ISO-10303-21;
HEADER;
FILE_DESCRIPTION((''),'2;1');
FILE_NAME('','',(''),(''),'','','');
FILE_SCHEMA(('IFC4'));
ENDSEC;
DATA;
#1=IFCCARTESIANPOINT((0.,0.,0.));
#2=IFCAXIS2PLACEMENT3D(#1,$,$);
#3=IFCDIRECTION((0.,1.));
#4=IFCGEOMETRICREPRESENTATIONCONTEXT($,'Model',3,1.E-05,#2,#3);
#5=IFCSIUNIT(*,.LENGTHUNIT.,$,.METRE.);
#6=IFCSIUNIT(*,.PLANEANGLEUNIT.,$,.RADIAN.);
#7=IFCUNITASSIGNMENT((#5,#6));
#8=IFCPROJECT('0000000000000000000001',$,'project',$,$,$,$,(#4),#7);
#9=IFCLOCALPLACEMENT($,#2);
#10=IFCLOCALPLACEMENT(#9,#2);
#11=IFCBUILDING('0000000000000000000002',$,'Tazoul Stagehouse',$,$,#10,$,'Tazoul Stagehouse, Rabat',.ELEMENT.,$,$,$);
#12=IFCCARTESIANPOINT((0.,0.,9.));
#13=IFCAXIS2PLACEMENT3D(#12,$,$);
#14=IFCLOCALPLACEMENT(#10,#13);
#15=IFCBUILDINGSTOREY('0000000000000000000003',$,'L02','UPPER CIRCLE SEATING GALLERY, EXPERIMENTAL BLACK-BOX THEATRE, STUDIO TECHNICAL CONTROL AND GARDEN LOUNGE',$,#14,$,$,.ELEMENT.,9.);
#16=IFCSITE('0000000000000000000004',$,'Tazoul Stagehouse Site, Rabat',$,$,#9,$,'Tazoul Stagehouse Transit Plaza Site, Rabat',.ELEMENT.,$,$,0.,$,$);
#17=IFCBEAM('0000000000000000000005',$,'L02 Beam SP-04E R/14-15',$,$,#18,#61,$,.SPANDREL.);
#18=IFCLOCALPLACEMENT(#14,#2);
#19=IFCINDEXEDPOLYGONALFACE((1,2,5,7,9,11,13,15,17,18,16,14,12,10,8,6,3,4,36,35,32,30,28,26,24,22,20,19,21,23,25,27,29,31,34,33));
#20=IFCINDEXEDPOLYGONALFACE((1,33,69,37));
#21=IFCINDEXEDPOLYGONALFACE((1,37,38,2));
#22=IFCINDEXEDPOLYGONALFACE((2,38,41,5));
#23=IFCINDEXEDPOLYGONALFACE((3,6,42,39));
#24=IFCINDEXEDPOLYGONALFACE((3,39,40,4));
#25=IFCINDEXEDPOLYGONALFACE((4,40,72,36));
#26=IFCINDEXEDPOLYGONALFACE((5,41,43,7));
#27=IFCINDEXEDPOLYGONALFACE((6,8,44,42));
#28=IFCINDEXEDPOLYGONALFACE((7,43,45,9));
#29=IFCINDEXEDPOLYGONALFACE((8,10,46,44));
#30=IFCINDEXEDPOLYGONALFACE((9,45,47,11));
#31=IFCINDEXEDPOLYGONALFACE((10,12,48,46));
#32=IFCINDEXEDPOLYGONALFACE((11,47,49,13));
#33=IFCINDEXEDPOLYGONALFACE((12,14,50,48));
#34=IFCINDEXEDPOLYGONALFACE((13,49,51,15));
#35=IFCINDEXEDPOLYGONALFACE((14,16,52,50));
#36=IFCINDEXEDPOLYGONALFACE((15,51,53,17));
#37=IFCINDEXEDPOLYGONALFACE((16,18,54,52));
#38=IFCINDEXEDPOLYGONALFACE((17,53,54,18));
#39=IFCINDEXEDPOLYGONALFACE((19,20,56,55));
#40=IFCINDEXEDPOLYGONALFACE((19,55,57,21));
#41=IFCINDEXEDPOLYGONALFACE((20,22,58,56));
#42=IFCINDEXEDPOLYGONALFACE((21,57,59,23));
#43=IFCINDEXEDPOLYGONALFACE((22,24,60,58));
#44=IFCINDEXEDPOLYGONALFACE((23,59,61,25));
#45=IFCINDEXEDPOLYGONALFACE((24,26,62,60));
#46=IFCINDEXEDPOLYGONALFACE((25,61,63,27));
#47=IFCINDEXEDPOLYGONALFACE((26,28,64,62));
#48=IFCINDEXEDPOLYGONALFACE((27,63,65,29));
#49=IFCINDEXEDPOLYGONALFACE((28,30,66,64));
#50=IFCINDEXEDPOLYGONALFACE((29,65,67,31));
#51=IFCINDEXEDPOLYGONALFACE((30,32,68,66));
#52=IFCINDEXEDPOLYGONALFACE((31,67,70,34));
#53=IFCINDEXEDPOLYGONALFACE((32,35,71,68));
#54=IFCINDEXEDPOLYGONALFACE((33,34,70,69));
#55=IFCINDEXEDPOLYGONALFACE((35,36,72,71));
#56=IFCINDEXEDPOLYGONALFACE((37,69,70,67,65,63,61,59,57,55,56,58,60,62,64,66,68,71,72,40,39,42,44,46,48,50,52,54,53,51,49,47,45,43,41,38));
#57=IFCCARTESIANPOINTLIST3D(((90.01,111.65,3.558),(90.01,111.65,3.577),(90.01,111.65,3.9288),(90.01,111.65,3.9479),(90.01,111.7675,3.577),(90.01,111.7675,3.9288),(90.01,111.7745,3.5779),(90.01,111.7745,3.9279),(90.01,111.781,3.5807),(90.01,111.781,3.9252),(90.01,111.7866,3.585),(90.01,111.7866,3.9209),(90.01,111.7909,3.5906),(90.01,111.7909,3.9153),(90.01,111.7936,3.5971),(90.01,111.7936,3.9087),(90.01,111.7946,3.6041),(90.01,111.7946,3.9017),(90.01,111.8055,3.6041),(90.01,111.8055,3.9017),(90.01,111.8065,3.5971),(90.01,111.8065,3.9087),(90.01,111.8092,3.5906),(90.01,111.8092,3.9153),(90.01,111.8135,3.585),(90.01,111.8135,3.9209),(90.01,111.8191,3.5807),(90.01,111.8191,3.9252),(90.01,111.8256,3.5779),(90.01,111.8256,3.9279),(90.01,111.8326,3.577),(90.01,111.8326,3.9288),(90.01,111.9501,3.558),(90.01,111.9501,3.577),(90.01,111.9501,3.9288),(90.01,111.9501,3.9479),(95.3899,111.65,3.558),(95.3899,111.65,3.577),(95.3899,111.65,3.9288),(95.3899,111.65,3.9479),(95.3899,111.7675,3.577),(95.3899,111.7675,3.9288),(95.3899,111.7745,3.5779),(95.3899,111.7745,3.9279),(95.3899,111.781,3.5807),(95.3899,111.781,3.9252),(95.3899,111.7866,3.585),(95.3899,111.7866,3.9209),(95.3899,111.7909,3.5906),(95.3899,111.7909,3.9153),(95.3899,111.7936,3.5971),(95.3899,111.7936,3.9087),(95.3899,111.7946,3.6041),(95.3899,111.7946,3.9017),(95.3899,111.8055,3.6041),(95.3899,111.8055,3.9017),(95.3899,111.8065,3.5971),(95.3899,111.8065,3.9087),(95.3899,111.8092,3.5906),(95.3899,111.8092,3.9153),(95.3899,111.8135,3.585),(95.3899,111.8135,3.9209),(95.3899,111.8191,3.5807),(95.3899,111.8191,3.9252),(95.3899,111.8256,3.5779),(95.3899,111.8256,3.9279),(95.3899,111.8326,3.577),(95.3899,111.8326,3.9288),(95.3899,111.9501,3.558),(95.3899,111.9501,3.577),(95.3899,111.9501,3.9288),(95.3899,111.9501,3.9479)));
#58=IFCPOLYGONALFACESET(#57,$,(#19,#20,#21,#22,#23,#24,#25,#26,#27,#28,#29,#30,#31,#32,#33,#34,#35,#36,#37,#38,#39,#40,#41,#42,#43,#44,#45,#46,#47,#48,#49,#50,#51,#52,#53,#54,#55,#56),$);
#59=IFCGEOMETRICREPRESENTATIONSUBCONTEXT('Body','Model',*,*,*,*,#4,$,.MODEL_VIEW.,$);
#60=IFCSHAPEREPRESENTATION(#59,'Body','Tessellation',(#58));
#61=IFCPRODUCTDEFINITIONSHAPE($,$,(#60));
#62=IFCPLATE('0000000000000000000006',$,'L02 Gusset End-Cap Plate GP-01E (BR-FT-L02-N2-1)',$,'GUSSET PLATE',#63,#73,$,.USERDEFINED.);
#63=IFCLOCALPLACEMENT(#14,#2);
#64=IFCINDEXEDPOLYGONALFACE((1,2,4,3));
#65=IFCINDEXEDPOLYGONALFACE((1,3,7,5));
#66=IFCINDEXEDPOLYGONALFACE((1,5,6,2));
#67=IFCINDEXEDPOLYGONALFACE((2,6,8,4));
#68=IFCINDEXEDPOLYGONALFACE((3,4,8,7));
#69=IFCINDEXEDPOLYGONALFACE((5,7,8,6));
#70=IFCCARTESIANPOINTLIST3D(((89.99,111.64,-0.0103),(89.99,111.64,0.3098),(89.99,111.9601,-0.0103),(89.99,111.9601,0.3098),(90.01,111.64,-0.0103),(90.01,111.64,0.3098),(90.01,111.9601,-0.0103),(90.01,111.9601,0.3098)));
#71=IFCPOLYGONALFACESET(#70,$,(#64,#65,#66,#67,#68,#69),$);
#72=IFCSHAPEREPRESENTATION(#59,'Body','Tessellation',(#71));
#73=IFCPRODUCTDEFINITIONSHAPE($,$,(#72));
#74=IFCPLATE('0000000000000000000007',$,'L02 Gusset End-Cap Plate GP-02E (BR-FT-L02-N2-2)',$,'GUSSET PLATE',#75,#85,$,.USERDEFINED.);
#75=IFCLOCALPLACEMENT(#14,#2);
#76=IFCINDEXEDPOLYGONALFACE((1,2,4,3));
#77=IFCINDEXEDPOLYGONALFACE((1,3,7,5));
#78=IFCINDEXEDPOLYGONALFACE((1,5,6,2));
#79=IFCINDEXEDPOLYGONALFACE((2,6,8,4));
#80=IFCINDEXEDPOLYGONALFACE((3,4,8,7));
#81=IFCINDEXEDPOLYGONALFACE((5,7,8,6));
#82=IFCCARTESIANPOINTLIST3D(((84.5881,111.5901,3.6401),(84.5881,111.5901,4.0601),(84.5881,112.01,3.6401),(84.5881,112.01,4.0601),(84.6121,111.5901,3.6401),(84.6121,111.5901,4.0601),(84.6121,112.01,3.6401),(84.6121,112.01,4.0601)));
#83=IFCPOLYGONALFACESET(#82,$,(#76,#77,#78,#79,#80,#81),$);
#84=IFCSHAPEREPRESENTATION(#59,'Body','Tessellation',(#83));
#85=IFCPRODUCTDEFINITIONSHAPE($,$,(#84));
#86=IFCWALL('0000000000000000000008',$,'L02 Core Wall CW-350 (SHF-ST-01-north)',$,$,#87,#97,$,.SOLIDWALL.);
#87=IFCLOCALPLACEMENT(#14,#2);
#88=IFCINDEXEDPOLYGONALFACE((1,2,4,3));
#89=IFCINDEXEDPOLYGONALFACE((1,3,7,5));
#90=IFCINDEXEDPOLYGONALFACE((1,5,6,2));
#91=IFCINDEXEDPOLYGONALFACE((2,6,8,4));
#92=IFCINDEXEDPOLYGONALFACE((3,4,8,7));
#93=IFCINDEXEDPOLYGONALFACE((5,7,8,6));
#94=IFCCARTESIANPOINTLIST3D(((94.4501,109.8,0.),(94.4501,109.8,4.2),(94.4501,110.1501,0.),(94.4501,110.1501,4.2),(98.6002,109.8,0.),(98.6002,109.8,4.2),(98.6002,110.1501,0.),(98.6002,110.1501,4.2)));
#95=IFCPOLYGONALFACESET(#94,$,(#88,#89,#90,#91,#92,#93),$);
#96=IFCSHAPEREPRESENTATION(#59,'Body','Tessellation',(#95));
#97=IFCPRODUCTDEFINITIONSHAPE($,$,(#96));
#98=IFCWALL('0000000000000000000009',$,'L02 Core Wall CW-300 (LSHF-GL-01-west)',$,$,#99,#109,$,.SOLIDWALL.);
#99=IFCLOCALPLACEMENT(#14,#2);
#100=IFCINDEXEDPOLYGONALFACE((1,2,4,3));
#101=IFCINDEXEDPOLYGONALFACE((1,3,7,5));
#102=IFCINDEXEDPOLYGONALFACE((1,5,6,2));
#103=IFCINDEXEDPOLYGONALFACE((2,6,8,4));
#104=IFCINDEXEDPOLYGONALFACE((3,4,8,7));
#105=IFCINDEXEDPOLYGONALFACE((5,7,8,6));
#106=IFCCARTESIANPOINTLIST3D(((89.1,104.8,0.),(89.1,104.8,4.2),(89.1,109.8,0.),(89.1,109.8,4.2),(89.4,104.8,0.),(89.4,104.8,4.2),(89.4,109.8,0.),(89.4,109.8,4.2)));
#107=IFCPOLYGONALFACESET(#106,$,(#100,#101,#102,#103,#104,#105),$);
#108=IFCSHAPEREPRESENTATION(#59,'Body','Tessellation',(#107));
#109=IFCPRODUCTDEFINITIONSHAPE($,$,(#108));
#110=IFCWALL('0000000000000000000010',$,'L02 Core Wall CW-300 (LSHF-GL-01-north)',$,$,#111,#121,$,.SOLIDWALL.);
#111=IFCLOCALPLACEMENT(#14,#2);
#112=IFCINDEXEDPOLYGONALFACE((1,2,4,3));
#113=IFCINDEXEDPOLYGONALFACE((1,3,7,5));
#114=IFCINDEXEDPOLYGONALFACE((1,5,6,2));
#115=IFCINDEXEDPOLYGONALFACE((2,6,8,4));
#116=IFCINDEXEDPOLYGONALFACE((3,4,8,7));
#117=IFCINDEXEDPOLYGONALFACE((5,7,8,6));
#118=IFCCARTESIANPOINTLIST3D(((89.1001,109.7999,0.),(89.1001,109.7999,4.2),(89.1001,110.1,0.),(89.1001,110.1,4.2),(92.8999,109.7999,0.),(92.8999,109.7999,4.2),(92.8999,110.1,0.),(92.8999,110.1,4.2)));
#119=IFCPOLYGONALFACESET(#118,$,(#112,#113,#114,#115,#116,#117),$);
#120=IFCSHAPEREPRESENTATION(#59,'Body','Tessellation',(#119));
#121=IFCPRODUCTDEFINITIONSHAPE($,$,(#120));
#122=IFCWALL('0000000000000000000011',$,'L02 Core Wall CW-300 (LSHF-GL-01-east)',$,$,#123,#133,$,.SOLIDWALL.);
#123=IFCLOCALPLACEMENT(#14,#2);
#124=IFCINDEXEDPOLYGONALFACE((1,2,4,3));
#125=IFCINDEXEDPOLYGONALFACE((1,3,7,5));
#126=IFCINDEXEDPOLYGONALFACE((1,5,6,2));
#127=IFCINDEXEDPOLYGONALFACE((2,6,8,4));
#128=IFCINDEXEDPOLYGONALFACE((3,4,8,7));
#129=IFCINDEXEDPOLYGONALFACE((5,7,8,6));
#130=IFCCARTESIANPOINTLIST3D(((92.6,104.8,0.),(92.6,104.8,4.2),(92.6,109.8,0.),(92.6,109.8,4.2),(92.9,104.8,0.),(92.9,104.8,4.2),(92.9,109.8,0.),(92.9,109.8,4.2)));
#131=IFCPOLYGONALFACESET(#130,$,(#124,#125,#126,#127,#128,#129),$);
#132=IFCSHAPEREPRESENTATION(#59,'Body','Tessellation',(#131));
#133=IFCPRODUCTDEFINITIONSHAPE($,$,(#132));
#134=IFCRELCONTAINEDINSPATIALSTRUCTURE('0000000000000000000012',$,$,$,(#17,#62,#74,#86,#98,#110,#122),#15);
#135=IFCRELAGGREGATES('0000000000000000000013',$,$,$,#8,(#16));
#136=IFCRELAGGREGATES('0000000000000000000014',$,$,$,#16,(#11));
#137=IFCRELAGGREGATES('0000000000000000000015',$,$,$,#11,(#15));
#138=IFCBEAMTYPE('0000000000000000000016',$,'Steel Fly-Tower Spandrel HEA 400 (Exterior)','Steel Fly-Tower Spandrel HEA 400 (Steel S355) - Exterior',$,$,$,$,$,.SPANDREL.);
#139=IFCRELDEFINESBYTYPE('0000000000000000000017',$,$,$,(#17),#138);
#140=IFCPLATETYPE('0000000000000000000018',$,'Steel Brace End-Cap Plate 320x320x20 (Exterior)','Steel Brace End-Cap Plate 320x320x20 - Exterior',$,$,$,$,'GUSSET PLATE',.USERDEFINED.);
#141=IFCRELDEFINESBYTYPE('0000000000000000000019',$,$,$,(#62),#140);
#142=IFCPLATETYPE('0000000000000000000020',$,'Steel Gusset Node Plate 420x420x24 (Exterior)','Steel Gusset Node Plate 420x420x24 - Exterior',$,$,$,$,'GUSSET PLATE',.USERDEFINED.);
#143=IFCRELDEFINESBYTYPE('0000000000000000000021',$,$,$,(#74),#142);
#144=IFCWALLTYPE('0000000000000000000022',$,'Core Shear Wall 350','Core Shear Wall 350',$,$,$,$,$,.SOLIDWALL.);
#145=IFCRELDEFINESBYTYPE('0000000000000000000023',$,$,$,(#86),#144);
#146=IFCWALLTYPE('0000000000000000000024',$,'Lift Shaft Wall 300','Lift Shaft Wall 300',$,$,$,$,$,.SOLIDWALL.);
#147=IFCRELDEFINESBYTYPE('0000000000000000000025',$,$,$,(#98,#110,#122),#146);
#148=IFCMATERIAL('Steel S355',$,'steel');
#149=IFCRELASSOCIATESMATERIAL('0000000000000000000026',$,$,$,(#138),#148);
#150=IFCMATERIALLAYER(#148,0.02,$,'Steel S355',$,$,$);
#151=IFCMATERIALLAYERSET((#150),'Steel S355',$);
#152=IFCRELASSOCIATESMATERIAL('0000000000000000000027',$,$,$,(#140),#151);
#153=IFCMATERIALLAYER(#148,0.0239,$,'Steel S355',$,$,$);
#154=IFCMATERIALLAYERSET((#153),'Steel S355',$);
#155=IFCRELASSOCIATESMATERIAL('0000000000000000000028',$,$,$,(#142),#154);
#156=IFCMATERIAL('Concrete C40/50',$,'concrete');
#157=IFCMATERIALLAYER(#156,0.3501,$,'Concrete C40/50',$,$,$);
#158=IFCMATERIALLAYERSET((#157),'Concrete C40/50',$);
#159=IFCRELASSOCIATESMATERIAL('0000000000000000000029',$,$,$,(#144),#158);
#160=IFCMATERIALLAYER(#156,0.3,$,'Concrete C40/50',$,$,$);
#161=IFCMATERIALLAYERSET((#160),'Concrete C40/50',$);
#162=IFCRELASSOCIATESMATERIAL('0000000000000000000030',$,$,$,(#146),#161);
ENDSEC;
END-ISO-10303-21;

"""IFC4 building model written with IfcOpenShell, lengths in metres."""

from ifc_helpers import new_model, si_unit, direction, frame, frame_2d, origin, origin_2d, place, context, subcontext, project, spatial, rectangle, i_section, extrude, material, layer, layer_set, material_profile, profile_set, type_object, element, save


model = new_model("IFC4")

# Units and contexts
model_context = context("Model", 3, precision=1e-05, world=origin(), true_north=direction((0.0, 1.0)))
body_context = subcontext(model_context, "Body", "Model", "MODEL_VIEW")
ifc_project = project(units=[si_unit("LENGTHUNIT", "METRE"), si_unit("PLANEANGLEUNIT", "RADIAN")], contexts=[model_context])

# Site, building, storey
site_placement = place(None, origin())
site = spatial("IfcSite", under=ifc_project, at=site_placement, Name="Tazoul Stagehouse Site, Rabat", LongName="Tazoul Stagehouse Transit Plaza Site, Rabat", CompositionType="ELEMENT", RefElevation=0.0)
building_placement = place(site_placement, origin())
building = spatial("IfcBuilding", under=site, at=building_placement, Name="Tazoul Stagehouse", LongName="Tazoul Stagehouse, Rabat", CompositionType="ELEMENT")
storey_placement = place(building_placement, frame((0.0, 0.0, 9.0)))
storey = spatial("IfcBuildingStorey", under=building, at=storey_placement, Name="L02", Description="UPPER CIRCLE SEATING GALLERY, EXPERIMENTAL BLACK-BOX THEATRE, STUDIO TECHNICAL CONTROL AND GARDEN LOUNGE", CompositionType="ELEMENT", Elevation=9.0)

# Shared definitions
ifc_material_1 = material(Name="Steel S355", Category="steel")

# Beam
ifc_material_2 = material(Name="Concrete C40/50", Category="concrete")
ifc_material_profile_1 = material_profile(ifc_material_1, i_section(OverallWidth=0.3, OverallDepth=0.3899, WebThickness=0.011, FlangeThickness=0.019, FilletRadius=0.0271, at=origin_2d()), Name="HEA 400")
ifc_profile_set_1 = profile_set([ifc_material_profile_1], Name="Steel S355")
beam_type_1 = type_object("IfcBeamType", Name="Steel Fly-Tower Spandrel HEA 400 (Exterior)", Description="Steel Fly-Tower Spandrel HEA 400 (Steel S355) - Exterior", PredefinedType="SPANDREL", material=ifc_profile_set_1)
for number, where, z_axis, x_axis, name in (
    (1, (90.01, 111.8, 3.7529), (1.0, 0.0, 0.0), (0.0, 1.0, 0.0), "L02 Beam SP-04E R/14-15"),
):
    element("IfcBeam", number, at=place(storey_placement, frame(where, z_axis=z_axis, x_axis=x_axis)), inside=storey, type_object=beam_type_1, Name=name, PredefinedType="SPANDREL", context=body_context, shape_type="SweptSolid", body=[
        extrude(i_section(OverallWidth=0.3, OverallDepth=0.3899, WebThickness=0.011, FlangeThickness=0.019, FilletRadius=0.0271, at=origin_2d()), origin(), (0.0, 0.0, 1.0), 5.3799),
    ])

# Plates
ifc_layer_1 = layer(ifc_material_1, 0.02, Name="Steel S355")
ifc_layer_set_1 = layer_set([ifc_layer_1], Name="Steel S355")
plate_type_1 = type_object("IfcPlateType", Name="Steel Brace End-Cap Plate 320x320x20 (Exterior)", Description="Steel Brace End-Cap Plate 320x320x20 - Exterior", ElementType="GUSSET PLATE", PredefinedType="USERDEFINED", material=ifc_layer_set_1)
plate_1_placement = place(storey_placement, frame((90.0, 111.8, -0.0103), z_axis=(0.0, 0.0, 1.0), x_axis=(-1.0, 0.0, 0.0)))
element("IfcPlate", 2, at=plate_1_placement, inside=storey, type_object=plate_type_1, Name="L02 Gusset End-Cap Plate GP-01E (BR-FT-L02-N2-1)", ObjectType="GUSSET PLATE", PredefinedType="USERDEFINED", context=body_context, shape_type="SweptSolid", body=[
    extrude(rectangle(XDim=0.02, YDim=0.3201, at=origin_2d()), origin(), (0.0, 0.0, 1.0), 0.3201),
])
ifc_layer_2 = layer(ifc_material_1, 0.0239, Name="Steel S355")
ifc_layer_set_2 = layer_set([ifc_layer_2], Name="Steel S355")
plate_type_2 = type_object("IfcPlateType", Name="Steel Gusset Node Plate 420x420x24 (Exterior)", Description="Steel Gusset Node Plate 420x420x24 - Exterior", ElementType="GUSSET PLATE", PredefinedType="USERDEFINED", material=ifc_layer_set_2)
plate_2_placement = place(storey_placement, frame((84.6001, 111.8, 3.6401), z_axis=(0.0, 0.0, 1.0), x_axis=(-1.0, 0.0, 0.0)))
element("IfcPlate", 3, at=plate_2_placement, inside=storey, type_object=plate_type_2, Name="L02 Gusset End-Cap Plate GP-02E (BR-FT-L02-N2-2)", ObjectType="GUSSET PLATE", PredefinedType="USERDEFINED", context=body_context, shape_type="SweptSolid", body=[
    extrude(rectangle(XDim=0.0239, YDim=0.4199, at=origin_2d()), origin(), (0.0, 0.0, 1.0), 0.4199),
])

# Wall
ifc_layer_3 = layer(ifc_material_2, 0.3501, Name="Concrete C40/50")
ifc_layer_set_3 = layer_set([ifc_layer_3], Name="Concrete C40/50")
wall_type_1 = type_object("IfcWallType", Name="Core Shear Wall 350", Description="Core Shear Wall 350", PredefinedType="SOLIDWALL", material=ifc_layer_set_3)
wall_1_placement = place(storey_placement, frame((94.45, 109.9751, 0.0), z_axis=(0.0, 0.0, 1.0), x_axis=(1.0, 0.0, 0.0)))
element("IfcWall", 4, at=wall_1_placement, inside=storey, type_object=wall_type_1, Name="L02 Core Wall CW-350 (SHF-ST-01-north)", PredefinedType="SOLIDWALL", context=body_context, shape_type="SweptSolid", body=[
    extrude(rectangle(XDim=4.1501, YDim=0.3501, at=frame_2d((2.0752, 0.0))), origin(), (0.0, 0.0, 1.0), 4.2),
])

# Shared definitions
ifc_layer_4 = layer(ifc_material_2, 0.3, Name="Concrete C40/50")
ifc_layer_set_4 = layer_set([ifc_layer_4], Name="Concrete C40/50")
wall_type_2 = type_object("IfcWallType", Name="Lift Shaft Wall 300", Description="Lift Shaft Wall 300", PredefinedType="SOLIDWALL", material=ifc_layer_set_4)

# Walls
wall_2_placement = place(storey_placement, frame((89.25, 104.8, 0.0), z_axis=(0.0, 0.0, 1.0), x_axis=(0.0, 1.0, 0.0)))
element("IfcWall", 5, at=wall_2_placement, inside=storey, type_object=wall_type_2, Name="L02 Core Wall CW-300 (LSHF-GL-01-west)", PredefinedType="SOLIDWALL", context=body_context, shape_type="SweptSolid", body=[
    extrude(rectangle(XDim=5.0, YDim=0.3, at=frame_2d((2.5, 0.0))), origin(), (0.0, 0.0, 1.0), 4.2),
])
wall_3_placement = place(storey_placement, frame((89.1001, 109.95, 0.0), z_axis=(0.0, 0.0, 1.0), x_axis=(1.0, 0.0, 0.0)))
element("IfcWall", 6, at=wall_3_placement, inside=storey, type_object=wall_type_2, Name="L02 Core Wall CW-300 (LSHF-GL-01-north)", PredefinedType="SOLIDWALL", context=body_context, shape_type="SweptSolid", body=[
    extrude(rectangle(XDim=3.7998, YDim=0.3, at=frame_2d((1.8999, 0.0))), origin(), (0.0, 0.0, 1.0), 4.2),
])
wall_4_placement = place(storey_placement, frame((92.75, 109.8, 0.0), z_axis=(0.0, 0.0, 1.0), x_axis=(0.0, -1.0, 0.0)))
element("IfcWall", 7, at=wall_4_placement, inside=storey, type_object=wall_type_2, Name="L02 Core Wall CW-300 (LSHF-GL-01-east)", PredefinedType="SOLIDWALL", context=body_context, shape_type="SweptSolid", body=[
    extrude(rectangle(XDim=5.0, YDim=0.3, at=frame_2d((2.5, 0.0))), origin(), (0.0, 0.0, 1.0), 4.2),
])

save(model, "model.ifc")
